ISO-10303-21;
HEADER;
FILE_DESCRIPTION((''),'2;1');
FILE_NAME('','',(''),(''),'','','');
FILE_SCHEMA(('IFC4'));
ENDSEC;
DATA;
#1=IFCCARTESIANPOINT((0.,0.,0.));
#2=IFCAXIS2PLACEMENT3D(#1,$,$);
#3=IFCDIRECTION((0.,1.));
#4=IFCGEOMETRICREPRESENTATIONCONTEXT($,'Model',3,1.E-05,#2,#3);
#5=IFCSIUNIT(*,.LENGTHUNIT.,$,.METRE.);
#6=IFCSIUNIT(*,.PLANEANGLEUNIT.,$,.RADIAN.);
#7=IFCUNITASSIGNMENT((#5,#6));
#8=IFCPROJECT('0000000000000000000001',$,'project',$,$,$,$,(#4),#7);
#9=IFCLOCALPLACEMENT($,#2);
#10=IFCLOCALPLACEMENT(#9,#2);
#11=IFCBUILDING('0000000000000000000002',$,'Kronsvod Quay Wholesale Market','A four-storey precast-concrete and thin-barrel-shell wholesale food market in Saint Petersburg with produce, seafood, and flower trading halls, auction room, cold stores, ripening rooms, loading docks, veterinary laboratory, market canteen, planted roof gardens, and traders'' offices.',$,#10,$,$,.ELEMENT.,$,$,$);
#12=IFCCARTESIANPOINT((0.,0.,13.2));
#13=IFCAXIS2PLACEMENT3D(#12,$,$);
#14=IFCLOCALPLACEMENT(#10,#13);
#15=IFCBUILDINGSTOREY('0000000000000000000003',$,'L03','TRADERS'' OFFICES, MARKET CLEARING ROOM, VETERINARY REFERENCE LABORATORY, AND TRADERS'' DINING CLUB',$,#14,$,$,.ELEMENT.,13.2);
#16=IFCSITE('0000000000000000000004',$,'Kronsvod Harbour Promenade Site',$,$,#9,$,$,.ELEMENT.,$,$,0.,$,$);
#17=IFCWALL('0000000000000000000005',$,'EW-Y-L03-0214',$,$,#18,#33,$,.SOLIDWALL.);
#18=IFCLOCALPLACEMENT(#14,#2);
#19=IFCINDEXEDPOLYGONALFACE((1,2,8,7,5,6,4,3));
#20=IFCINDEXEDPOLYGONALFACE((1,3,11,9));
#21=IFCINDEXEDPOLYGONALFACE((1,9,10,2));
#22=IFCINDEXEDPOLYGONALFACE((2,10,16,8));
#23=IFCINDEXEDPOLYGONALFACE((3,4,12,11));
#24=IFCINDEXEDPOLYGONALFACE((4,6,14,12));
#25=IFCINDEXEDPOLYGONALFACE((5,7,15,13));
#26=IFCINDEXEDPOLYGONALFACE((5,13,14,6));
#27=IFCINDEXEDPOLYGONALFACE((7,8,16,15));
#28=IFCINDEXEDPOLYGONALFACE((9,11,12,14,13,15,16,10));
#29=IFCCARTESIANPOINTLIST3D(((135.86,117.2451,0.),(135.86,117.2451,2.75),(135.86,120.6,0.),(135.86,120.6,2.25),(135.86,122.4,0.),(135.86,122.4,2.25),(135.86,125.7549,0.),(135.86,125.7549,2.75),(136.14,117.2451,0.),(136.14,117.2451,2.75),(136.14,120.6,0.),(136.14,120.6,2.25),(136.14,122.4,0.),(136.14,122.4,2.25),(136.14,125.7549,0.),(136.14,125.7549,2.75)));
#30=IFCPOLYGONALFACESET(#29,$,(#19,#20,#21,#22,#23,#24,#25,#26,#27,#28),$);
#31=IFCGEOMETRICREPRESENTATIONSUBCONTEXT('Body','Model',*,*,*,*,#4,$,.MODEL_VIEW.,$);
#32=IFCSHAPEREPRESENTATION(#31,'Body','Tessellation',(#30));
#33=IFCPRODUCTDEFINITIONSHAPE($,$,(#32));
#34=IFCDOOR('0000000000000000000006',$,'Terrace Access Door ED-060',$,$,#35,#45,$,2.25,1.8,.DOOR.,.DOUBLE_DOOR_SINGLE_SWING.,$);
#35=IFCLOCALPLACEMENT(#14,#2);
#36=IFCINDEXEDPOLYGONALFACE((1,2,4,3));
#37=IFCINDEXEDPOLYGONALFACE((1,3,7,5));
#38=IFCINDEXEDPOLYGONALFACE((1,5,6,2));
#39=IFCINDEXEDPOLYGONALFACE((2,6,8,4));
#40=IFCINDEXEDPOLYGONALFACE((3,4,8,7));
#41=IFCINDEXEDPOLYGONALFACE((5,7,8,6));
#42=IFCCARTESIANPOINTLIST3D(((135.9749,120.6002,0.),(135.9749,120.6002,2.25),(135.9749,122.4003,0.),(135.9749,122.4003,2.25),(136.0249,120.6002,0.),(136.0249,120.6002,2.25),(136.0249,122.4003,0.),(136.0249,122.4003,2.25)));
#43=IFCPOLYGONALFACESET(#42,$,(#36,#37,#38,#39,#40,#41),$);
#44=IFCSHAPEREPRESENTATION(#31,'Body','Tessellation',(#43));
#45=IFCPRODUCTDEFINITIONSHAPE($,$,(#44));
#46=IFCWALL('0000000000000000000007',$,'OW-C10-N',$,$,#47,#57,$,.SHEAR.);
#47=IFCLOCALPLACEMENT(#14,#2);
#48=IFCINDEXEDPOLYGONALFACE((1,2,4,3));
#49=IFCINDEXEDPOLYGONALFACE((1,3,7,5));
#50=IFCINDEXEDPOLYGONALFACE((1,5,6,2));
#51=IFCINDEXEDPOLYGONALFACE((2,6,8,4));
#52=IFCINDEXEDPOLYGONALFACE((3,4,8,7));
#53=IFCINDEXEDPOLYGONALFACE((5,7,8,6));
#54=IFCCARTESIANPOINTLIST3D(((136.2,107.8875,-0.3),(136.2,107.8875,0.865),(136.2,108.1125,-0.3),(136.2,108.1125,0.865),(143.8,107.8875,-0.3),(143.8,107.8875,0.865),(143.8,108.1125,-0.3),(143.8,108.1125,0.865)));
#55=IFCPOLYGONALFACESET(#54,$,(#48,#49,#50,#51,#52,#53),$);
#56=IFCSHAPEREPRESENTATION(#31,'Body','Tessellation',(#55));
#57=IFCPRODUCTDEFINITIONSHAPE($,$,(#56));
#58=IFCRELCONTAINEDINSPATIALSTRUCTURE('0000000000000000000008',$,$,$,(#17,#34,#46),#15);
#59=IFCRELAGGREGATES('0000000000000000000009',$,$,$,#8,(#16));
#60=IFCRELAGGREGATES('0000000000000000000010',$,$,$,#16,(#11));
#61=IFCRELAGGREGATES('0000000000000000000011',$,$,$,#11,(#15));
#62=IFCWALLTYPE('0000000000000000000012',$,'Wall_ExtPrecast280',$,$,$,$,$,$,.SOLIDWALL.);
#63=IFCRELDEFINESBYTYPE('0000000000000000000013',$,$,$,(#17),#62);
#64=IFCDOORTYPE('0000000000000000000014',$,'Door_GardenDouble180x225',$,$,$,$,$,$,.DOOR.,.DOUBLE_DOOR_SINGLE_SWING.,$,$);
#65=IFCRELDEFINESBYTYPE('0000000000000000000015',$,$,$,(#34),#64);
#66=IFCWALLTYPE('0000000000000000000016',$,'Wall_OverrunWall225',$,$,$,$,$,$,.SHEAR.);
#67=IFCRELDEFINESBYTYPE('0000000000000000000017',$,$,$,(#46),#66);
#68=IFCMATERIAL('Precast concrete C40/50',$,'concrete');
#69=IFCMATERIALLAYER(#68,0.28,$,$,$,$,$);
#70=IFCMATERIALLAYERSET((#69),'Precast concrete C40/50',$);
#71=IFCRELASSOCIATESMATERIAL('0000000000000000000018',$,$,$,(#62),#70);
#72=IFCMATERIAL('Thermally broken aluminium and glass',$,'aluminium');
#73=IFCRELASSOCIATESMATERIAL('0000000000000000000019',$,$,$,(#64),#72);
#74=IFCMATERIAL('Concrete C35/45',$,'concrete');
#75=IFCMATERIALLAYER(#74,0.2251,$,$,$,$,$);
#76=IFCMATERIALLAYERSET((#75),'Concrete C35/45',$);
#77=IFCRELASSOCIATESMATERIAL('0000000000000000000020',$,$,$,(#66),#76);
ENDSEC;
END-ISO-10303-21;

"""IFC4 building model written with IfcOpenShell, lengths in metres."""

from ifc_helpers import new_model, si_unit, direction, frame, frame_2d, origin, place, context, subcontext, project, spatial, rectangle, extrude, material, layer, layer_set, type_object, element, fill, save


model = new_model("IFC4")

# Units and contexts
model_context = context("Model", 3, precision=1e-05, world=origin(), true_north=direction((0.0, 1.0)))
body_context = subcontext(model_context, "Body", "Model", "MODEL_VIEW")
ifc_project = project(units=[si_unit("LENGTHUNIT", "METRE"), si_unit("PLANEANGLEUNIT", "RADIAN")], contexts=[model_context])

# Site, building, storey
site_placement = place(None, origin())
site = spatial("IfcSite", under=ifc_project, at=site_placement, Name="Kronsvod Harbour Promenade Site", CompositionType="ELEMENT", RefElevation=0.0)
building_placement = place(site_placement, origin())
building = spatial("IfcBuilding", under=site, at=building_placement, Name="Kronsvod Quay Wholesale Market", Description="A four-storey precast-concrete and thin-barrel-shell wholesale food market in Saint Petersburg with produce, seafood, and flower trading halls, auction room, cold stores, ripening rooms, loading docks, veterinary laboratory, market canteen, planted roof gardens, and traders' offices.", CompositionType="ELEMENT")
storey_placement = place(building_placement, frame((0.0, 0.0, 13.2)))
storey = spatial("IfcBuildingStorey", under=building, at=storey_placement, Name="L03", Description="TRADERS' OFFICES, MARKET CLEARING ROOM, VETERINARY REFERENCE LABORATORY, AND TRADERS' DINING CLUB", CompositionType="ELEMENT", Elevation=13.2)

# Shared definitions
ifc_material_1 = material(Name="Precast concrete C40/50", Category="concrete")
ifc_layer_1 = layer(ifc_material_1, 0.28)
ifc_layer_set_1 = layer_set([ifc_layer_1], Name="Precast concrete C40/50")
wall_type_1 = type_object("IfcWallType", Name="Wall_ExtPrecast280", PredefinedType="SOLIDWALL", material=ifc_layer_set_1)

# Wall, opening, door
wall_1_placement = place(storey_placement, frame((136.0, 117.2451, 0.0), z_axis=(0.0, 0.0, 1.0), x_axis=(0.0, 1.0, 0.0)))
wall_1 = element("IfcWall", 1, at=wall_1_placement, inside=storey, type_object=wall_type_1, Name="EW-Y-L03-0214", PredefinedType="SOLIDWALL", context=body_context, shape_type="SweptSolid", body=[
    extrude(rectangle(XDim=8.5098, YDim=0.28, at=frame_2d((4.2549, 0.0))), origin(), (0.0, 0.0, 1.0), 2.75),
])
opening_1_placement = place(wall_1_placement, frame((3.355, 0.0, 0.0)))
opening_1 = element("IfcOpeningElement", 2, at=opening_1_placement, cuts=wall_1, PredefinedType="OPENING", context=body_context, shape_type="SweptSolid", body=[
    extrude(rectangle(XDim=1.8, YDim=2.25, at=frame_2d((0.8999, 1.125))), frame((0.0, 0.1499, 0.0), z_axis=(0.0, -1.0, 0.0), x_axis=(1.0, 0.0, 0.0)), (0.0, 0.0, 1.0), 0.3),
])
ifc_material_2 = material(Name="Thermally broken aluminium and glass", Category="aluminium")
door_type = type_object("IfcDoorType", Name="Door_GardenDouble180x225", OperationType="DOUBLE_DOOR_SINGLE_SWING", PredefinedType="DOOR", material=ifc_material_2)
door_placement = place(opening_1_placement, frame((1.8, 0.0, 0.0), z_axis=(0.0, 0.0, 1.0), x_axis=(-1.0, 0.0, 0.0)))
door = element("IfcDoor", 3, at=door_placement, inside=storey, type_object=door_type, Name="Terrace Access Door ED-060", OperationType="DOUBLE_DOOR_SINGLE_SWING", OverallHeight=2.25, OverallWidth=1.8, PredefinedType="DOOR", context=body_context, shape_type="SweptSolid", body=[
    extrude(rectangle(XDim=1.8, YDim=2.25, at=frame_2d((0.8999, 1.125))), frame((0.0, 0.0249, 0.0), z_axis=(0.0, -1.0, 0.0), x_axis=(1.0, 0.0, 0.0)), (0.0, 0.0, 1.0), 0.05),
])
fill(opening_1, door)

# Wall
ifc_material_3 = material(Name="Concrete C35/45", Category="concrete")
ifc_layer_2 = layer(ifc_material_3, 0.2251)
ifc_layer_set_2 = layer_set([ifc_layer_2], Name="Concrete C35/45")
wall_type_2 = type_object("IfcWallType", Name="Wall_OverrunWall225", PredefinedType="SHEAR", material=ifc_layer_set_2)
wall_2_placement = place(storey_placement, frame((136.2, 108.0, -0.3), z_axis=(0.0, 0.0, 1.0), x_axis=(1.0, 0.0, 0.0)))
element("IfcWall", 4, at=wall_2_placement, inside=storey, type_object=wall_type_2, Name="OW-C10-N", PredefinedType="SHEAR", context=body_context, shape_type="SweptSolid", body=[
    extrude(rectangle(XDim=7.6001, YDim=0.2251, at=frame_2d((3.8, 0.0))), origin(), (0.0, 0.0, 1.0), 1.165),
])

save(model, "model.ifc")
